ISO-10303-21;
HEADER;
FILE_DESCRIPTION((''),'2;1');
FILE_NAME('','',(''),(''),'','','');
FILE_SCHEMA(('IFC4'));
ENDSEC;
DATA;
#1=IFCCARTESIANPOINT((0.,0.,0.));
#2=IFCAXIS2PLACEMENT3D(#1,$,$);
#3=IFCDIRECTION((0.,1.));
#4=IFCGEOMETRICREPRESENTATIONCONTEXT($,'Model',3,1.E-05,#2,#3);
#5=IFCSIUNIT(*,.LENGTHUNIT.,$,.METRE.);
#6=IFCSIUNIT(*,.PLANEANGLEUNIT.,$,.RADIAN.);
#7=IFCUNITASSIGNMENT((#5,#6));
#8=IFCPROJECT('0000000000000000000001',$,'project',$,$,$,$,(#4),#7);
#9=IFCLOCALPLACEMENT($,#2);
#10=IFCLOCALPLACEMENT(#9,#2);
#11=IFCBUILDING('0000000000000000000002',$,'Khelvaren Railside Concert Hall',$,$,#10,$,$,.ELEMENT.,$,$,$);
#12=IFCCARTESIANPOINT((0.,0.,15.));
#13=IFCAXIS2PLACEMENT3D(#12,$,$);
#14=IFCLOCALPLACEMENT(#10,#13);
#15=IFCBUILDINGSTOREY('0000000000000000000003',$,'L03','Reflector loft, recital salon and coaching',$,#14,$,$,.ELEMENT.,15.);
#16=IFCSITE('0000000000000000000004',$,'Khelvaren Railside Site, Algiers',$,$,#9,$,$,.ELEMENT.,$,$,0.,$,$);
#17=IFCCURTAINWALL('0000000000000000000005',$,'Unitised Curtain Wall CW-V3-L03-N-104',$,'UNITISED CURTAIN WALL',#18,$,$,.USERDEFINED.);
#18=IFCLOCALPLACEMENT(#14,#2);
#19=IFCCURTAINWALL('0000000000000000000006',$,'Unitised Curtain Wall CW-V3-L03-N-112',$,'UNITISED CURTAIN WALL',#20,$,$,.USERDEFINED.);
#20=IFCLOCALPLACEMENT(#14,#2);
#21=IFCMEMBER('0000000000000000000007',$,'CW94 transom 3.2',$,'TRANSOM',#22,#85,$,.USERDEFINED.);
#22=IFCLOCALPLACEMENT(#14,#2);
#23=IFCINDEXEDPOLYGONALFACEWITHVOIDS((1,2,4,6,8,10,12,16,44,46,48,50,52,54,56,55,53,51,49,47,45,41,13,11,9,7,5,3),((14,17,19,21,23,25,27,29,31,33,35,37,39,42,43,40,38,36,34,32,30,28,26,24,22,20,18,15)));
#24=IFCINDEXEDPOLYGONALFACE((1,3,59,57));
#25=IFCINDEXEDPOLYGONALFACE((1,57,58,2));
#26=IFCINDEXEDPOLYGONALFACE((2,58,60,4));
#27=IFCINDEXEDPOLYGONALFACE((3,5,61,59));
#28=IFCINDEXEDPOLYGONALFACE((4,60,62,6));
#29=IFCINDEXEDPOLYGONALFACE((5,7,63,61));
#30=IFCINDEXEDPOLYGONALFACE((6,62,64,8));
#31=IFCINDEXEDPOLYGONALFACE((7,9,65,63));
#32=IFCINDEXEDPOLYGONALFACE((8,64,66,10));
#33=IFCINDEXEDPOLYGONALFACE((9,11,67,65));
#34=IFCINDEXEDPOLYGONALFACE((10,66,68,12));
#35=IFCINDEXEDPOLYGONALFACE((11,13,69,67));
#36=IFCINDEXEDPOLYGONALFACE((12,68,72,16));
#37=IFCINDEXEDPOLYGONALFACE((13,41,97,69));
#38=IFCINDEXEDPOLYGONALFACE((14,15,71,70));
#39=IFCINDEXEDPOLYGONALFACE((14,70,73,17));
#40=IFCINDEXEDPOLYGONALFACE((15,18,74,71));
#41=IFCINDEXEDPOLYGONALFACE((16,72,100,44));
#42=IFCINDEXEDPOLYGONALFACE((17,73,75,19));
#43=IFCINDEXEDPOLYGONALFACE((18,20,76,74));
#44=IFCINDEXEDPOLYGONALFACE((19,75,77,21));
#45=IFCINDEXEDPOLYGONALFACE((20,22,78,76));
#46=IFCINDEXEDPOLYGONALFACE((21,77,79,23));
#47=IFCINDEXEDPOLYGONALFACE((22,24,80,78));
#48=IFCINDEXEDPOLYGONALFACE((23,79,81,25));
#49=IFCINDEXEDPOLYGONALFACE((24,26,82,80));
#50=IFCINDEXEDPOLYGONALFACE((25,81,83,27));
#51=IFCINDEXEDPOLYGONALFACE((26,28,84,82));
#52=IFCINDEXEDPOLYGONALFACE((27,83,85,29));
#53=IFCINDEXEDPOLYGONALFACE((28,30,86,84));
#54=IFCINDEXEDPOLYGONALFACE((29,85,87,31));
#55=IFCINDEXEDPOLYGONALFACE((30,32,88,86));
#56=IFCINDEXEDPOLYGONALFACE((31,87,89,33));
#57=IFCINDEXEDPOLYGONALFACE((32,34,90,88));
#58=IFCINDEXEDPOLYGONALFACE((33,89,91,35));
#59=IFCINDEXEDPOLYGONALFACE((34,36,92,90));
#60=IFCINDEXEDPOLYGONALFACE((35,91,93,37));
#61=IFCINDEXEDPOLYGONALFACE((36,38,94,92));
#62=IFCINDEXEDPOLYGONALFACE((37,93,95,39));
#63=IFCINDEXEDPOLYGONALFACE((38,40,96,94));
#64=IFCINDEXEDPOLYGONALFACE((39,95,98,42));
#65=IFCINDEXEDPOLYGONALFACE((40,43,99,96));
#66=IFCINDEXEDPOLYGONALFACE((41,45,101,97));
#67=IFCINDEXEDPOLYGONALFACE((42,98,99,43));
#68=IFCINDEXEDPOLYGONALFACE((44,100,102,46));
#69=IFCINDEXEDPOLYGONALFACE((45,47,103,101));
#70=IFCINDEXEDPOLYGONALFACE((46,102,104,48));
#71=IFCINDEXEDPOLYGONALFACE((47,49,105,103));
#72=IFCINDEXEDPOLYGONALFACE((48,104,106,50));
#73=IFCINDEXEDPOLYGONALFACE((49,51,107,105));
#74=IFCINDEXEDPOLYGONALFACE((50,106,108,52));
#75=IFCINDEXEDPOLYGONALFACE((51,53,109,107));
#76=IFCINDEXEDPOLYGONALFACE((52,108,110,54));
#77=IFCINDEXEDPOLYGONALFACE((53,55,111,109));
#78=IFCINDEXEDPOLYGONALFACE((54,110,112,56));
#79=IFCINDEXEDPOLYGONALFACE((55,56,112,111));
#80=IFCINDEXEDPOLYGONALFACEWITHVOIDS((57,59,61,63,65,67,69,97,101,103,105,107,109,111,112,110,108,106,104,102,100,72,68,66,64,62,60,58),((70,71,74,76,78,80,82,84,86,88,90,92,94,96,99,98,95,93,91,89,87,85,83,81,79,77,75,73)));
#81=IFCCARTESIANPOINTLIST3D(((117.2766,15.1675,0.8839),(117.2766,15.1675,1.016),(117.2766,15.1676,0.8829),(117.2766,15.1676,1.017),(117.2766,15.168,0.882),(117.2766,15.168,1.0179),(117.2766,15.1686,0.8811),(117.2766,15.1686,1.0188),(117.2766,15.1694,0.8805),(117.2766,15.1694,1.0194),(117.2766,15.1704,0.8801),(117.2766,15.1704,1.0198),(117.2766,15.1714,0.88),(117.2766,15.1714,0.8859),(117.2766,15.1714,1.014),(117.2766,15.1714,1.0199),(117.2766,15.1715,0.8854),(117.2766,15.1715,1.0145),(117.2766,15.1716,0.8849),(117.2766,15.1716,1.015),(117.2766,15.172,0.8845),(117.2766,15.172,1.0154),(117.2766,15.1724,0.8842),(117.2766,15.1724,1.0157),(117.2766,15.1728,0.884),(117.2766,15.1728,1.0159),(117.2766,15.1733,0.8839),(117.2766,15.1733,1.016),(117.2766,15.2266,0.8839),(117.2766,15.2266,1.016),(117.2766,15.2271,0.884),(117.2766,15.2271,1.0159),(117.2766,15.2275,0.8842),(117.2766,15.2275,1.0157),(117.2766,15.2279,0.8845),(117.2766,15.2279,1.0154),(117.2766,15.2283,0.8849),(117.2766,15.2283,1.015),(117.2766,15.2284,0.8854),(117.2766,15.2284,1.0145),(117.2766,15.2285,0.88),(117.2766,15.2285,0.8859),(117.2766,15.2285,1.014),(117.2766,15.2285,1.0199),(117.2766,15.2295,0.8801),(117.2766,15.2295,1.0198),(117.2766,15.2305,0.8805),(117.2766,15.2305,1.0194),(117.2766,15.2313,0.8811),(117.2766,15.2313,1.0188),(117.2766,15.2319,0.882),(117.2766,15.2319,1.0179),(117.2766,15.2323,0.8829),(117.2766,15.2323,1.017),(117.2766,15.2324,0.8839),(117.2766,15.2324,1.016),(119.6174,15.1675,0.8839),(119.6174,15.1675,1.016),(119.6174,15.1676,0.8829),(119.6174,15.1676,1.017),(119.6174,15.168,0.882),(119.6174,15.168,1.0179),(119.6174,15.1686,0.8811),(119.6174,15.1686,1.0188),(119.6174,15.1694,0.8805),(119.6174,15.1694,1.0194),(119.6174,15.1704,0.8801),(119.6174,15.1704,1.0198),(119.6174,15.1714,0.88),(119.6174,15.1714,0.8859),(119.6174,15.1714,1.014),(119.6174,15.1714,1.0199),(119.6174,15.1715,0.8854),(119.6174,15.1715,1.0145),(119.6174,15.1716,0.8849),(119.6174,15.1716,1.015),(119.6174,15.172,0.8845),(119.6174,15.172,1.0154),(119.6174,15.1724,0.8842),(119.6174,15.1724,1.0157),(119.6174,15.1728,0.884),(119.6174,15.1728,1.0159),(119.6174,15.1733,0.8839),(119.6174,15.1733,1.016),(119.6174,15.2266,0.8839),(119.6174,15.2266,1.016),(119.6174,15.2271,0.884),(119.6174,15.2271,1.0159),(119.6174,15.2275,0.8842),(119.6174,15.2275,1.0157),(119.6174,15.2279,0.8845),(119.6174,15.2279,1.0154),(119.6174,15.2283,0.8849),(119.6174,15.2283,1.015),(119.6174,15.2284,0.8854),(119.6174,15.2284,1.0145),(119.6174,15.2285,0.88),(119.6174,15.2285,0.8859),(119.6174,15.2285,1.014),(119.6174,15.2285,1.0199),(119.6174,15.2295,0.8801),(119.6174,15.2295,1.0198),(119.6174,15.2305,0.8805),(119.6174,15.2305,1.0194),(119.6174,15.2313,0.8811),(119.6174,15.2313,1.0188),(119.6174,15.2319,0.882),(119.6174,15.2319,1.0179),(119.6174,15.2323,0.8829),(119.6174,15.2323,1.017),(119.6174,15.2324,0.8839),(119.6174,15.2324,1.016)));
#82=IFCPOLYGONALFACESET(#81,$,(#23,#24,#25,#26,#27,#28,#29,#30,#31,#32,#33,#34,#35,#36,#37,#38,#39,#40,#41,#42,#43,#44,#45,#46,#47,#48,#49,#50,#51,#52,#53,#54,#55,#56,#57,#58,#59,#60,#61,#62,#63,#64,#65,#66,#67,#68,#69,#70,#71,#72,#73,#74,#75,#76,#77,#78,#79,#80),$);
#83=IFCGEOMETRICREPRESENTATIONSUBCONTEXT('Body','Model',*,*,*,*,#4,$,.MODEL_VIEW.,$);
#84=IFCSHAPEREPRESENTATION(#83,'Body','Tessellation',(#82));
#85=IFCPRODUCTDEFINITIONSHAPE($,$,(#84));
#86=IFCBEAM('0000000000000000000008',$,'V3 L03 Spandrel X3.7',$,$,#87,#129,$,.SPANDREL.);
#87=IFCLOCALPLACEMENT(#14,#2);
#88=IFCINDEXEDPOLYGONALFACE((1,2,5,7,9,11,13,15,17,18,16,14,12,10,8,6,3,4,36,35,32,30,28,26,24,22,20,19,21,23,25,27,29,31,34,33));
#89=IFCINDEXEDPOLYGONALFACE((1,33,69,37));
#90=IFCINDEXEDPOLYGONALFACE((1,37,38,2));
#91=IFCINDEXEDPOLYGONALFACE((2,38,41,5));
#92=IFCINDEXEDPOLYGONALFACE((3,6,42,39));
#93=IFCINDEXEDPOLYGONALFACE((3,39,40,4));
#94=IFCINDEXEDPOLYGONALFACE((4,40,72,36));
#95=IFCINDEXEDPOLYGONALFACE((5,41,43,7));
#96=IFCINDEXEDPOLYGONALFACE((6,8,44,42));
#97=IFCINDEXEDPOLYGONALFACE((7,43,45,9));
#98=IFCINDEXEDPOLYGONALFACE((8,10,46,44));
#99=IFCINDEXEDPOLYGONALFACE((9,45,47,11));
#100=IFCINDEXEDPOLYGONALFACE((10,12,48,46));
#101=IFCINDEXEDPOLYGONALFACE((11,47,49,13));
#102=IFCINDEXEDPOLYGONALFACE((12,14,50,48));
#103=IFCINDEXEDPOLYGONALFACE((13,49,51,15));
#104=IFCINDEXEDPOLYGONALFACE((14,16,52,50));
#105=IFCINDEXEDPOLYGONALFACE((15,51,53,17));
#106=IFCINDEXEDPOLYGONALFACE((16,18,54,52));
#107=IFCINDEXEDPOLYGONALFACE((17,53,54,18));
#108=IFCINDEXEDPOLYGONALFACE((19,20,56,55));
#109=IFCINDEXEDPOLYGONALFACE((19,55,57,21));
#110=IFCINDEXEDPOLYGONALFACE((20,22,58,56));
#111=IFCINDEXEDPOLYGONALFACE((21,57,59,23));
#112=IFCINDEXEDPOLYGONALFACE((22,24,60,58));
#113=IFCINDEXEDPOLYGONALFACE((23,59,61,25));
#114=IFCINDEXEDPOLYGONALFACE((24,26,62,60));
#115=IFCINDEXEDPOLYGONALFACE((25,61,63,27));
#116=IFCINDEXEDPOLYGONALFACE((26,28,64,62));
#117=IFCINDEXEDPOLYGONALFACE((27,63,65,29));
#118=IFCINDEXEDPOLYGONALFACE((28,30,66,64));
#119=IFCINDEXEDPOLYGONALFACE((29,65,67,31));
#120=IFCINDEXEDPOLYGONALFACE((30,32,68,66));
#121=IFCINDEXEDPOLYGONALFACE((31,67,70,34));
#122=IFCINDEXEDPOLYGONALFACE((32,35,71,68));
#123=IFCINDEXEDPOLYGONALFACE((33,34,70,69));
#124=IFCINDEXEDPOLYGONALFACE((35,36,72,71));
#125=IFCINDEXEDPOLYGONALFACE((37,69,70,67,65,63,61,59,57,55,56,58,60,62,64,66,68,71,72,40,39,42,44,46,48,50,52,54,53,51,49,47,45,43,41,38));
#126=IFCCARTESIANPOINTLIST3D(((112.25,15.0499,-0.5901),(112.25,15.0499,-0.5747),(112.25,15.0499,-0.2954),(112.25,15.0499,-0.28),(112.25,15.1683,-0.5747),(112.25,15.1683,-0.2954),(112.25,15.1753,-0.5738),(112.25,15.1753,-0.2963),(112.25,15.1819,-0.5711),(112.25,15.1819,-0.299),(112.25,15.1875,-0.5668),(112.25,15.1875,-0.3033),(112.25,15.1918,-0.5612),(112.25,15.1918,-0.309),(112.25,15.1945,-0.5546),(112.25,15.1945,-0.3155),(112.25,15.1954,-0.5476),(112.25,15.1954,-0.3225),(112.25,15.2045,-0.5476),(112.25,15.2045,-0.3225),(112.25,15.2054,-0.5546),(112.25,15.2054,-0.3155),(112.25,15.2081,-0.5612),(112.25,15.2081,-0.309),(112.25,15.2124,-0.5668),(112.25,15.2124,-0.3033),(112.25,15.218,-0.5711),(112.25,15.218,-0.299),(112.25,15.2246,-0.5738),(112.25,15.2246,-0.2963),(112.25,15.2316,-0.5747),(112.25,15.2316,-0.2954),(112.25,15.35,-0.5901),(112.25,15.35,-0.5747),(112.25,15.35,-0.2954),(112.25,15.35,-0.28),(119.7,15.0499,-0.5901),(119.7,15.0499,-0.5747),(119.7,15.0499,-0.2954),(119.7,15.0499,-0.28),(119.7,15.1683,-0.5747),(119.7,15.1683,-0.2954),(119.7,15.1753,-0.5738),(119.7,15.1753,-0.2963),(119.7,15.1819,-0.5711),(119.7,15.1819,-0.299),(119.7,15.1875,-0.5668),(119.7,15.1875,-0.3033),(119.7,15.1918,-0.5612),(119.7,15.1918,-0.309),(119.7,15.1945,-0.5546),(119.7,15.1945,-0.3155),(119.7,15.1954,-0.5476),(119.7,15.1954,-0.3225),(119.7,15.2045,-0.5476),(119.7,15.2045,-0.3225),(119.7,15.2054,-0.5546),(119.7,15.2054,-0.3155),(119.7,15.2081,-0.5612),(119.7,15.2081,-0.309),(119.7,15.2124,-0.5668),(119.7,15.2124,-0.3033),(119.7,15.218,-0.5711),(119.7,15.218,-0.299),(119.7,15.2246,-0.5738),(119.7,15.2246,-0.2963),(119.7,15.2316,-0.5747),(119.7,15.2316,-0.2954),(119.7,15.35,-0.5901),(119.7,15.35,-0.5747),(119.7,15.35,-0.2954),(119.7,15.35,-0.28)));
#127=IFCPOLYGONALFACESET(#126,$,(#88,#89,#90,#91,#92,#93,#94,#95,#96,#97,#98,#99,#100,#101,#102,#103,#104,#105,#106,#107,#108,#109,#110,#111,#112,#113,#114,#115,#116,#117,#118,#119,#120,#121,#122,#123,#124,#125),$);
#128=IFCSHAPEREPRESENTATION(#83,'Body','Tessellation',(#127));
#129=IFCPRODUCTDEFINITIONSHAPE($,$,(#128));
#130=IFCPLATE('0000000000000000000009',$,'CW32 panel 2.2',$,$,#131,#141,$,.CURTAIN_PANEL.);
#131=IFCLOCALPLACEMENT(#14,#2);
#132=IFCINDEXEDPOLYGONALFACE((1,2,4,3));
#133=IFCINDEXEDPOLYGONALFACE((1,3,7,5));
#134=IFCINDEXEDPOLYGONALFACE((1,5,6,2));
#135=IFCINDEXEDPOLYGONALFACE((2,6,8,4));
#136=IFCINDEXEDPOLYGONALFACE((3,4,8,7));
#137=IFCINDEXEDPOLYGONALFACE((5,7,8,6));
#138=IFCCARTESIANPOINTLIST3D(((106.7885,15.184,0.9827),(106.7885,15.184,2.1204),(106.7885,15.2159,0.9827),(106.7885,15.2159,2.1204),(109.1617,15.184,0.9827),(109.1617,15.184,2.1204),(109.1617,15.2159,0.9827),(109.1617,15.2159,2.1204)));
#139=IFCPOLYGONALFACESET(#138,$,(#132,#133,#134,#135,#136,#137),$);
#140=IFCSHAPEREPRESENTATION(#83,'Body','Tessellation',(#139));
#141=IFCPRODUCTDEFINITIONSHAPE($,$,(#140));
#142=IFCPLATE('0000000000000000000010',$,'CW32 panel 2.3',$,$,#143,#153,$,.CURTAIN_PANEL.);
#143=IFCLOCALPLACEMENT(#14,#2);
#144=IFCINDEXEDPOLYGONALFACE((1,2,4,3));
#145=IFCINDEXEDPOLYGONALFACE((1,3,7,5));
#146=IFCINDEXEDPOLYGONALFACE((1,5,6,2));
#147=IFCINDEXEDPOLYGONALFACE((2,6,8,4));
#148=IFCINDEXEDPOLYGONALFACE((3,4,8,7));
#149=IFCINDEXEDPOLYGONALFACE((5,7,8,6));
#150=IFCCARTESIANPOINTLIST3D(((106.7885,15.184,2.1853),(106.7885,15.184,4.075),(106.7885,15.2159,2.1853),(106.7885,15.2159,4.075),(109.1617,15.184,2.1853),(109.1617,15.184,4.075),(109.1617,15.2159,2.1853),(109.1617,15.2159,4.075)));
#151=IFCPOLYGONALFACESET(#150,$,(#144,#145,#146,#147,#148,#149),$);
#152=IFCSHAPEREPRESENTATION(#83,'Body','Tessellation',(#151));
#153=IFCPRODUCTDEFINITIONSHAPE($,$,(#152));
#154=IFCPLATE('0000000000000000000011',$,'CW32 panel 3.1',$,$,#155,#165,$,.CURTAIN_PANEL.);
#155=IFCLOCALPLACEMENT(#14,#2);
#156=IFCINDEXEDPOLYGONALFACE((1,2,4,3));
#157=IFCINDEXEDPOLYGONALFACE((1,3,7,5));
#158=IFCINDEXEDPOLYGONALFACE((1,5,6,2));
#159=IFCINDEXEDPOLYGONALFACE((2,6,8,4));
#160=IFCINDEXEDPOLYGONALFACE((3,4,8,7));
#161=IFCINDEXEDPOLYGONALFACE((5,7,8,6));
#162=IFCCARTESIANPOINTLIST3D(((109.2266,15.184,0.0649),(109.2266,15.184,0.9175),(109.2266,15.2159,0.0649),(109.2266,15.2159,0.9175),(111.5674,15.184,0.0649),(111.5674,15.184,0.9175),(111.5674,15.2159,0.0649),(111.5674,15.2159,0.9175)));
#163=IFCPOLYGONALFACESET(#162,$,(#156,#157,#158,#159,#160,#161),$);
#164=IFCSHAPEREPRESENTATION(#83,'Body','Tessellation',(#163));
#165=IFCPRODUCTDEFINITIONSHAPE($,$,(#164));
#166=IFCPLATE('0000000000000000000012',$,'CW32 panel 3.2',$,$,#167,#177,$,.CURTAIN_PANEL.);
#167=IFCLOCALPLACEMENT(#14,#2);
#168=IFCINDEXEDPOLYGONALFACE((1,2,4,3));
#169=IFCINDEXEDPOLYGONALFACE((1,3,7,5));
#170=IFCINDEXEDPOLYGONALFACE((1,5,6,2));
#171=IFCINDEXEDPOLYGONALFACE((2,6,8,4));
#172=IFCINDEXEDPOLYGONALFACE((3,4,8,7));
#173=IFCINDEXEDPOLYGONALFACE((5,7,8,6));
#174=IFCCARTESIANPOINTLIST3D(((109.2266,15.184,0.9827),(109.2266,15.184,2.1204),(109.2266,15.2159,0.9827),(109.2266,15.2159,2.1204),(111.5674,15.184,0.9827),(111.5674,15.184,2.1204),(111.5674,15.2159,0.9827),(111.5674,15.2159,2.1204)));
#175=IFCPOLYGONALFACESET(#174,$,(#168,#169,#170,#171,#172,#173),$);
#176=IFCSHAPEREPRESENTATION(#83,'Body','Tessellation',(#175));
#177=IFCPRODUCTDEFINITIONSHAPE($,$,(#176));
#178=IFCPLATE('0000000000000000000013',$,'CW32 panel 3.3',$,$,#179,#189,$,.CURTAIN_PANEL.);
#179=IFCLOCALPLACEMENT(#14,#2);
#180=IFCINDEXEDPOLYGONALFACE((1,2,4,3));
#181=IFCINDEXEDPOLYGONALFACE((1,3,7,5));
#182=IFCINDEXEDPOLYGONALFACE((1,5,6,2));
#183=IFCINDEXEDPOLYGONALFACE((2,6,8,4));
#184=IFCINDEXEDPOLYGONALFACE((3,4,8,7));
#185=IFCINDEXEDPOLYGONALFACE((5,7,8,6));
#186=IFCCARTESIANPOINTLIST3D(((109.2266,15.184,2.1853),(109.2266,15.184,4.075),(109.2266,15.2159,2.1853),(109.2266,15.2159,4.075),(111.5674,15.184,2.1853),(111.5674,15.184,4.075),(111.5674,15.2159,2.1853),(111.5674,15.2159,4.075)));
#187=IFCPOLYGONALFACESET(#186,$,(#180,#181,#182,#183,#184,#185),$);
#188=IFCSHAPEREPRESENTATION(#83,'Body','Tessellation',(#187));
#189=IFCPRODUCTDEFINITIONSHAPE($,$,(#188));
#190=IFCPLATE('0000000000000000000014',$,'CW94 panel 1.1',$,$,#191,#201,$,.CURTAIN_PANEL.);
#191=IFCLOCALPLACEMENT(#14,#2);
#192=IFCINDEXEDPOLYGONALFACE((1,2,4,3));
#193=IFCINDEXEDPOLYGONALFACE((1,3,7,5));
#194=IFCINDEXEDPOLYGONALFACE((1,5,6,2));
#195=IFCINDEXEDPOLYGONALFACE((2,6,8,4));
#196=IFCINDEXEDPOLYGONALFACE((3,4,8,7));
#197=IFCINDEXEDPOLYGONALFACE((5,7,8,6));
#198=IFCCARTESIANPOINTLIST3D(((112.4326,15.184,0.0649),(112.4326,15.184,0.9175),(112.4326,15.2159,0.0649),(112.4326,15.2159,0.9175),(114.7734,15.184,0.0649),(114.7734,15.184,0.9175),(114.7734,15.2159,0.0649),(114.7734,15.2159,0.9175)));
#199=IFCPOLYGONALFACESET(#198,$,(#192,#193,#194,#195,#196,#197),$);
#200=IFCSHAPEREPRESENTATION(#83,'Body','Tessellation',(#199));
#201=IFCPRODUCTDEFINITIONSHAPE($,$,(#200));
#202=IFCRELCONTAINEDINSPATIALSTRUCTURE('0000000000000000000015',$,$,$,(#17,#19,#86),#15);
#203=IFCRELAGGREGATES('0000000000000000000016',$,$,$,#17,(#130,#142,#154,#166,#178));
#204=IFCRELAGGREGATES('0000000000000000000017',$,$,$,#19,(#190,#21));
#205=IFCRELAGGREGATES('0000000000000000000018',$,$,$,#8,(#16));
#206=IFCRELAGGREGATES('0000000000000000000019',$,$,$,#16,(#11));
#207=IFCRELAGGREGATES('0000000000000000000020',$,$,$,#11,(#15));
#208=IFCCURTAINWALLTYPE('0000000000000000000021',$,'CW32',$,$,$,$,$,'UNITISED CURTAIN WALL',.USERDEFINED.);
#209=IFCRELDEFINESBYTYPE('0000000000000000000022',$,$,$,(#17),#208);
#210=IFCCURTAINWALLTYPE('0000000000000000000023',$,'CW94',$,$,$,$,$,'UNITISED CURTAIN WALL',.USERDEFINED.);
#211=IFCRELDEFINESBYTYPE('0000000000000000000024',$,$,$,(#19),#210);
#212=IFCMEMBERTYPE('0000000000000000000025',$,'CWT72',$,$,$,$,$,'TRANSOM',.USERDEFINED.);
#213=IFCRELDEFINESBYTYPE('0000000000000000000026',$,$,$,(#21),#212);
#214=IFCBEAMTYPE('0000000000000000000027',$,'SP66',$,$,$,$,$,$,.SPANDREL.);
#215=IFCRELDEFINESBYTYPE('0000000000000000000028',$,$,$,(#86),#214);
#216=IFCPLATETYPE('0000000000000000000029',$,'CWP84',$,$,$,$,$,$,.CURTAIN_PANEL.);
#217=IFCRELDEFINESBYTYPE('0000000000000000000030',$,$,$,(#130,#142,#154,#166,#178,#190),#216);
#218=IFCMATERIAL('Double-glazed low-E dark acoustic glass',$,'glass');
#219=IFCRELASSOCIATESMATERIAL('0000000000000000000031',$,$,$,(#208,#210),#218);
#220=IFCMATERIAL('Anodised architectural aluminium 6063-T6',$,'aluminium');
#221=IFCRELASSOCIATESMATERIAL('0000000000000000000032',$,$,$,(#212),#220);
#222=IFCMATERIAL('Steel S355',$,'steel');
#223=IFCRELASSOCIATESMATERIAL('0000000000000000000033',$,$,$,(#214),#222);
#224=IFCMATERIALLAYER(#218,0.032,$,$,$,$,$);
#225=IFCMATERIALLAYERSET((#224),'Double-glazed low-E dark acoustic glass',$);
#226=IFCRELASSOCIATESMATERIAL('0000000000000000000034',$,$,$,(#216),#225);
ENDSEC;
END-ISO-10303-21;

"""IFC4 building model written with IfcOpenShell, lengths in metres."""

from ifc_helpers import new_model, si_unit, direction, frame, origin, origin_2d, place, context, subcontext, project, spatial, rectangle, hollow_rectangle, i_section, extrude, material, layer, layer_set, material_profile, profile_set, type_object, element, aggregate, save


model = new_model("IFC4")

# Units and contexts
model_context = context("Model", 3, precision=1e-05, world=origin(), true_north=direction((0.0, 1.0)))
body_context = subcontext(model_context, "Body", "Model", "MODEL_VIEW")
ifc_project = project(units=[si_unit("LENGTHUNIT", "METRE"), si_unit("PLANEANGLEUNIT", "RADIAN")], contexts=[model_context])

# Site, building, storey
site_placement = place(None, origin())
site = spatial("IfcSite", under=ifc_project, at=site_placement, Name="Khelvaren Railside Site, Algiers", CompositionType="ELEMENT", RefElevation=0.0)
building_placement = place(site_placement, origin())
building = spatial("IfcBuilding", under=site, at=building_placement, Name="Khelvaren Railside Concert Hall", CompositionType="ELEMENT")
storey_placement = place(building_placement, frame((0.0, 0.0, 15.0)))
storey = spatial("IfcBuildingStorey", under=building, at=storey_placement, Name="L03", Description="Reflector loft, recital salon and coaching", CompositionType="ELEMENT", Elevation=15.0)

# Curtain walls
ifc_material_1 = material(Name="Double-glazed low-E dark acoustic glass", Category="glass")
curtain_wall_type_1 = type_object("IfcCurtainWallType", Name="CW32", ElementType="UNITISED CURTAIN WALL", PredefinedType="USERDEFINED", material=ifc_material_1)
curtain_wall_1_placement = place(storey_placement, origin())
curtain_wall_1 = element("IfcCurtainWall", 1, at=curtain_wall_1_placement, inside=storey, type_object=curtain_wall_type_1, Name="Unitised Curtain Wall CW-V3-L03-N-104", ObjectType="UNITISED CURTAIN WALL", PredefinedType="USERDEFINED")
ifc_material_2 = material(Name="Anodised architectural aluminium 6063-T6", Category="aluminium")
curtain_wall_type_2 = type_object("IfcCurtainWallType", Name="CW94", ElementType="UNITISED CURTAIN WALL", PredefinedType="USERDEFINED", material=ifc_material_1)
curtain_wall_2_placement = place(storey_placement, origin())
curtain_wall_2 = element("IfcCurtainWall", 2, at=curtain_wall_2_placement, inside=storey, type_object=curtain_wall_type_2, Name="Unitised Curtain Wall CW-V3-L03-N-112", ObjectType="UNITISED CURTAIN WALL", PredefinedType="USERDEFINED")

# Member
ifc_material_profile_1 = material_profile(ifc_material_2, hollow_rectangle(XDim=0.0649, YDim=0.1399, WallThickness=0.0039, InnerFilletRadius=0.002, OuterFilletRadius=0.0039, at=origin_2d()), Name="CWT 65x140x4")
ifc_profile_set_1 = profile_set([ifc_material_profile_1], Name="Anodised architectural aluminium 6063-T6")
member_type_1 = type_object("IfcMemberType", Name="CWT72", ElementType="TRANSOM", PredefinedType="USERDEFINED", material=ifc_profile_set_1)
member_1_placement = place(storey_placement, frame((117.2766, 15.2, 0.95), z_axis=(1.0, 0.0, 0.0), x_axis=(0.0, 1.0, 0.0)))
member_1 = element("IfcMember", 3, at=member_1_placement, type_object=member_type_1, Name="CW94 transom 3.2", ObjectType="TRANSOM", PredefinedType="USERDEFINED", context=body_context, shape_type="SweptSolid", body=[
    extrude(hollow_rectangle(XDim=0.0649, YDim=0.1399, WallThickness=0.0039, InnerFilletRadius=0.002, OuterFilletRadius=0.0039, at=origin_2d()), origin(), (0.0, 0.0, 1.0), 2.3408),
])

# Beam
ifc_material_3 = material(Name="Steel S355", Category="steel")
ifc_material_profile_2 = material_profile(ifc_material_3, i_section(OverallWidth=0.3, OverallDepth=0.3101, WebThickness=0.009, FlangeThickness=0.0154, FilletRadius=0.0271, at=origin_2d()), Name="HEA 320")
ifc_profile_set_2 = profile_set([ifc_material_profile_2], Name="Steel S355")
beam_type = type_object("IfcBeamType", Name="SP66", PredefinedType="SPANDREL", material=ifc_profile_set_2)
beam_placement = place(storey_placement, frame((112.25, 15.2, -0.4351), z_axis=(1.0, 0.0, 0.0), x_axis=(0.0, 1.0, 0.0)))
element("IfcBeam", 4, at=beam_placement, inside=storey, type_object=beam_type, Name="V3 L03 Spandrel X3.7", PredefinedType="SPANDREL", context=body_context, shape_type="SweptSolid", body=[
    extrude(i_section(OverallWidth=0.3, OverallDepth=0.3101, WebThickness=0.009, FlangeThickness=0.0154, FilletRadius=0.0271, at=origin_2d()), origin(), (0.0, 0.0, 1.0), 7.45),
])

# Plates
ifc_layer = layer(ifc_material_1, 0.032)
ifc_layer_set = layer_set([ifc_layer], Name="Double-glazed low-E dark acoustic glass")
plate_type = type_object("IfcPlateType", Name="CWP84", PredefinedType="CURTAIN_PANEL", material=ifc_layer_set)
plate_1_placement = place(storey_placement, frame((107.9751, 15.2, 0.9827), z_axis=(0.0, 0.0, 1.0), x_axis=(1.0, 0.0, 0.0)))
plate_1 = element("IfcPlate", 5, at=plate_1_placement, type_object=plate_type, Name="CW32 panel 2.2", PredefinedType="CURTAIN_PANEL", context=body_context, shape_type="SweptSolid", body=[
    extrude(rectangle(XDim=2.3733, YDim=0.032, at=origin_2d()), origin(), (0.0, 0.0, 1.0), 1.1377),
])
plate_2_placement = place(storey_placement, frame((107.9751, 15.2, 2.1853), z_axis=(0.0, 0.0, 1.0), x_axis=(1.0, 0.0, 0.0)))
plate_2 = element("IfcPlate", 6, at=plate_2_placement, type_object=plate_type, Name="CW32 panel 2.3", PredefinedType="CURTAIN_PANEL", context=body_context, shape_type="SweptSolid", body=[
    extrude(rectangle(XDim=2.3733, YDim=0.032, at=origin_2d()), origin(), (0.0, 0.0, 1.0), 1.8896),
])
plate_3_placement = place(storey_placement, frame((110.397, 15.2, 0.0649), z_axis=(0.0, 0.0, 1.0), x_axis=(1.0, 0.0, 0.0)))
plate_3 = element("IfcPlate", 7, at=plate_3_placement, type_object=plate_type, Name="CW32 panel 3.1", PredefinedType="CURTAIN_PANEL", context=body_context, shape_type="SweptSolid", body=[
    extrude(rectangle(XDim=2.3408, YDim=0.032, at=origin_2d()), origin(), (0.0, 0.0, 1.0), 0.8525),
])
plate_4_placement = place(storey_placement, frame((110.397, 15.2, 0.9827), z_axis=(0.0, 0.0, 1.0), x_axis=(1.0, 0.0, 0.0)))
plate_4 = element("IfcPlate", 8, at=plate_4_placement, type_object=plate_type, Name="CW32 panel 3.2", PredefinedType="CURTAIN_PANEL", context=body_context, shape_type="SweptSolid", body=[
    extrude(rectangle(XDim=2.3408, YDim=0.032, at=origin_2d()), origin(), (0.0, 0.0, 1.0), 1.1377),
])
plate_5_placement = place(storey_placement, frame((110.397, 15.2, 2.1853), z_axis=(0.0, 0.0, 1.0), x_axis=(1.0, 0.0, 0.0)))
plate_5 = element("IfcPlate", 9, at=plate_5_placement, type_object=plate_type, Name="CW32 panel 3.3", PredefinedType="CURTAIN_PANEL", context=body_context, shape_type="SweptSolid", body=[
    extrude(rectangle(XDim=2.3408, YDim=0.032, at=origin_2d()), origin(), (0.0, 0.0, 1.0), 1.8896),
])
aggregate(curtain_wall_1, [plate_1, plate_2, plate_3, plate_4, plate_5])
plate_6_placement = place(storey_placement, frame((113.603, 15.2, 0.0649), z_axis=(0.0, 0.0, 1.0), x_axis=(1.0, 0.0, 0.0)))
plate_6 = element("IfcPlate", 10, at=plate_6_placement, type_object=plate_type, Name="CW94 panel 1.1", PredefinedType="CURTAIN_PANEL", context=body_context, shape_type="SweptSolid", body=[
    extrude(rectangle(XDim=2.3408, YDim=0.032, at=origin_2d()), origin(), (0.0, 0.0, 1.0), 0.8525),
])
aggregate(curtain_wall_2, [plate_6, member_1])

save(model, "model.ifc")
